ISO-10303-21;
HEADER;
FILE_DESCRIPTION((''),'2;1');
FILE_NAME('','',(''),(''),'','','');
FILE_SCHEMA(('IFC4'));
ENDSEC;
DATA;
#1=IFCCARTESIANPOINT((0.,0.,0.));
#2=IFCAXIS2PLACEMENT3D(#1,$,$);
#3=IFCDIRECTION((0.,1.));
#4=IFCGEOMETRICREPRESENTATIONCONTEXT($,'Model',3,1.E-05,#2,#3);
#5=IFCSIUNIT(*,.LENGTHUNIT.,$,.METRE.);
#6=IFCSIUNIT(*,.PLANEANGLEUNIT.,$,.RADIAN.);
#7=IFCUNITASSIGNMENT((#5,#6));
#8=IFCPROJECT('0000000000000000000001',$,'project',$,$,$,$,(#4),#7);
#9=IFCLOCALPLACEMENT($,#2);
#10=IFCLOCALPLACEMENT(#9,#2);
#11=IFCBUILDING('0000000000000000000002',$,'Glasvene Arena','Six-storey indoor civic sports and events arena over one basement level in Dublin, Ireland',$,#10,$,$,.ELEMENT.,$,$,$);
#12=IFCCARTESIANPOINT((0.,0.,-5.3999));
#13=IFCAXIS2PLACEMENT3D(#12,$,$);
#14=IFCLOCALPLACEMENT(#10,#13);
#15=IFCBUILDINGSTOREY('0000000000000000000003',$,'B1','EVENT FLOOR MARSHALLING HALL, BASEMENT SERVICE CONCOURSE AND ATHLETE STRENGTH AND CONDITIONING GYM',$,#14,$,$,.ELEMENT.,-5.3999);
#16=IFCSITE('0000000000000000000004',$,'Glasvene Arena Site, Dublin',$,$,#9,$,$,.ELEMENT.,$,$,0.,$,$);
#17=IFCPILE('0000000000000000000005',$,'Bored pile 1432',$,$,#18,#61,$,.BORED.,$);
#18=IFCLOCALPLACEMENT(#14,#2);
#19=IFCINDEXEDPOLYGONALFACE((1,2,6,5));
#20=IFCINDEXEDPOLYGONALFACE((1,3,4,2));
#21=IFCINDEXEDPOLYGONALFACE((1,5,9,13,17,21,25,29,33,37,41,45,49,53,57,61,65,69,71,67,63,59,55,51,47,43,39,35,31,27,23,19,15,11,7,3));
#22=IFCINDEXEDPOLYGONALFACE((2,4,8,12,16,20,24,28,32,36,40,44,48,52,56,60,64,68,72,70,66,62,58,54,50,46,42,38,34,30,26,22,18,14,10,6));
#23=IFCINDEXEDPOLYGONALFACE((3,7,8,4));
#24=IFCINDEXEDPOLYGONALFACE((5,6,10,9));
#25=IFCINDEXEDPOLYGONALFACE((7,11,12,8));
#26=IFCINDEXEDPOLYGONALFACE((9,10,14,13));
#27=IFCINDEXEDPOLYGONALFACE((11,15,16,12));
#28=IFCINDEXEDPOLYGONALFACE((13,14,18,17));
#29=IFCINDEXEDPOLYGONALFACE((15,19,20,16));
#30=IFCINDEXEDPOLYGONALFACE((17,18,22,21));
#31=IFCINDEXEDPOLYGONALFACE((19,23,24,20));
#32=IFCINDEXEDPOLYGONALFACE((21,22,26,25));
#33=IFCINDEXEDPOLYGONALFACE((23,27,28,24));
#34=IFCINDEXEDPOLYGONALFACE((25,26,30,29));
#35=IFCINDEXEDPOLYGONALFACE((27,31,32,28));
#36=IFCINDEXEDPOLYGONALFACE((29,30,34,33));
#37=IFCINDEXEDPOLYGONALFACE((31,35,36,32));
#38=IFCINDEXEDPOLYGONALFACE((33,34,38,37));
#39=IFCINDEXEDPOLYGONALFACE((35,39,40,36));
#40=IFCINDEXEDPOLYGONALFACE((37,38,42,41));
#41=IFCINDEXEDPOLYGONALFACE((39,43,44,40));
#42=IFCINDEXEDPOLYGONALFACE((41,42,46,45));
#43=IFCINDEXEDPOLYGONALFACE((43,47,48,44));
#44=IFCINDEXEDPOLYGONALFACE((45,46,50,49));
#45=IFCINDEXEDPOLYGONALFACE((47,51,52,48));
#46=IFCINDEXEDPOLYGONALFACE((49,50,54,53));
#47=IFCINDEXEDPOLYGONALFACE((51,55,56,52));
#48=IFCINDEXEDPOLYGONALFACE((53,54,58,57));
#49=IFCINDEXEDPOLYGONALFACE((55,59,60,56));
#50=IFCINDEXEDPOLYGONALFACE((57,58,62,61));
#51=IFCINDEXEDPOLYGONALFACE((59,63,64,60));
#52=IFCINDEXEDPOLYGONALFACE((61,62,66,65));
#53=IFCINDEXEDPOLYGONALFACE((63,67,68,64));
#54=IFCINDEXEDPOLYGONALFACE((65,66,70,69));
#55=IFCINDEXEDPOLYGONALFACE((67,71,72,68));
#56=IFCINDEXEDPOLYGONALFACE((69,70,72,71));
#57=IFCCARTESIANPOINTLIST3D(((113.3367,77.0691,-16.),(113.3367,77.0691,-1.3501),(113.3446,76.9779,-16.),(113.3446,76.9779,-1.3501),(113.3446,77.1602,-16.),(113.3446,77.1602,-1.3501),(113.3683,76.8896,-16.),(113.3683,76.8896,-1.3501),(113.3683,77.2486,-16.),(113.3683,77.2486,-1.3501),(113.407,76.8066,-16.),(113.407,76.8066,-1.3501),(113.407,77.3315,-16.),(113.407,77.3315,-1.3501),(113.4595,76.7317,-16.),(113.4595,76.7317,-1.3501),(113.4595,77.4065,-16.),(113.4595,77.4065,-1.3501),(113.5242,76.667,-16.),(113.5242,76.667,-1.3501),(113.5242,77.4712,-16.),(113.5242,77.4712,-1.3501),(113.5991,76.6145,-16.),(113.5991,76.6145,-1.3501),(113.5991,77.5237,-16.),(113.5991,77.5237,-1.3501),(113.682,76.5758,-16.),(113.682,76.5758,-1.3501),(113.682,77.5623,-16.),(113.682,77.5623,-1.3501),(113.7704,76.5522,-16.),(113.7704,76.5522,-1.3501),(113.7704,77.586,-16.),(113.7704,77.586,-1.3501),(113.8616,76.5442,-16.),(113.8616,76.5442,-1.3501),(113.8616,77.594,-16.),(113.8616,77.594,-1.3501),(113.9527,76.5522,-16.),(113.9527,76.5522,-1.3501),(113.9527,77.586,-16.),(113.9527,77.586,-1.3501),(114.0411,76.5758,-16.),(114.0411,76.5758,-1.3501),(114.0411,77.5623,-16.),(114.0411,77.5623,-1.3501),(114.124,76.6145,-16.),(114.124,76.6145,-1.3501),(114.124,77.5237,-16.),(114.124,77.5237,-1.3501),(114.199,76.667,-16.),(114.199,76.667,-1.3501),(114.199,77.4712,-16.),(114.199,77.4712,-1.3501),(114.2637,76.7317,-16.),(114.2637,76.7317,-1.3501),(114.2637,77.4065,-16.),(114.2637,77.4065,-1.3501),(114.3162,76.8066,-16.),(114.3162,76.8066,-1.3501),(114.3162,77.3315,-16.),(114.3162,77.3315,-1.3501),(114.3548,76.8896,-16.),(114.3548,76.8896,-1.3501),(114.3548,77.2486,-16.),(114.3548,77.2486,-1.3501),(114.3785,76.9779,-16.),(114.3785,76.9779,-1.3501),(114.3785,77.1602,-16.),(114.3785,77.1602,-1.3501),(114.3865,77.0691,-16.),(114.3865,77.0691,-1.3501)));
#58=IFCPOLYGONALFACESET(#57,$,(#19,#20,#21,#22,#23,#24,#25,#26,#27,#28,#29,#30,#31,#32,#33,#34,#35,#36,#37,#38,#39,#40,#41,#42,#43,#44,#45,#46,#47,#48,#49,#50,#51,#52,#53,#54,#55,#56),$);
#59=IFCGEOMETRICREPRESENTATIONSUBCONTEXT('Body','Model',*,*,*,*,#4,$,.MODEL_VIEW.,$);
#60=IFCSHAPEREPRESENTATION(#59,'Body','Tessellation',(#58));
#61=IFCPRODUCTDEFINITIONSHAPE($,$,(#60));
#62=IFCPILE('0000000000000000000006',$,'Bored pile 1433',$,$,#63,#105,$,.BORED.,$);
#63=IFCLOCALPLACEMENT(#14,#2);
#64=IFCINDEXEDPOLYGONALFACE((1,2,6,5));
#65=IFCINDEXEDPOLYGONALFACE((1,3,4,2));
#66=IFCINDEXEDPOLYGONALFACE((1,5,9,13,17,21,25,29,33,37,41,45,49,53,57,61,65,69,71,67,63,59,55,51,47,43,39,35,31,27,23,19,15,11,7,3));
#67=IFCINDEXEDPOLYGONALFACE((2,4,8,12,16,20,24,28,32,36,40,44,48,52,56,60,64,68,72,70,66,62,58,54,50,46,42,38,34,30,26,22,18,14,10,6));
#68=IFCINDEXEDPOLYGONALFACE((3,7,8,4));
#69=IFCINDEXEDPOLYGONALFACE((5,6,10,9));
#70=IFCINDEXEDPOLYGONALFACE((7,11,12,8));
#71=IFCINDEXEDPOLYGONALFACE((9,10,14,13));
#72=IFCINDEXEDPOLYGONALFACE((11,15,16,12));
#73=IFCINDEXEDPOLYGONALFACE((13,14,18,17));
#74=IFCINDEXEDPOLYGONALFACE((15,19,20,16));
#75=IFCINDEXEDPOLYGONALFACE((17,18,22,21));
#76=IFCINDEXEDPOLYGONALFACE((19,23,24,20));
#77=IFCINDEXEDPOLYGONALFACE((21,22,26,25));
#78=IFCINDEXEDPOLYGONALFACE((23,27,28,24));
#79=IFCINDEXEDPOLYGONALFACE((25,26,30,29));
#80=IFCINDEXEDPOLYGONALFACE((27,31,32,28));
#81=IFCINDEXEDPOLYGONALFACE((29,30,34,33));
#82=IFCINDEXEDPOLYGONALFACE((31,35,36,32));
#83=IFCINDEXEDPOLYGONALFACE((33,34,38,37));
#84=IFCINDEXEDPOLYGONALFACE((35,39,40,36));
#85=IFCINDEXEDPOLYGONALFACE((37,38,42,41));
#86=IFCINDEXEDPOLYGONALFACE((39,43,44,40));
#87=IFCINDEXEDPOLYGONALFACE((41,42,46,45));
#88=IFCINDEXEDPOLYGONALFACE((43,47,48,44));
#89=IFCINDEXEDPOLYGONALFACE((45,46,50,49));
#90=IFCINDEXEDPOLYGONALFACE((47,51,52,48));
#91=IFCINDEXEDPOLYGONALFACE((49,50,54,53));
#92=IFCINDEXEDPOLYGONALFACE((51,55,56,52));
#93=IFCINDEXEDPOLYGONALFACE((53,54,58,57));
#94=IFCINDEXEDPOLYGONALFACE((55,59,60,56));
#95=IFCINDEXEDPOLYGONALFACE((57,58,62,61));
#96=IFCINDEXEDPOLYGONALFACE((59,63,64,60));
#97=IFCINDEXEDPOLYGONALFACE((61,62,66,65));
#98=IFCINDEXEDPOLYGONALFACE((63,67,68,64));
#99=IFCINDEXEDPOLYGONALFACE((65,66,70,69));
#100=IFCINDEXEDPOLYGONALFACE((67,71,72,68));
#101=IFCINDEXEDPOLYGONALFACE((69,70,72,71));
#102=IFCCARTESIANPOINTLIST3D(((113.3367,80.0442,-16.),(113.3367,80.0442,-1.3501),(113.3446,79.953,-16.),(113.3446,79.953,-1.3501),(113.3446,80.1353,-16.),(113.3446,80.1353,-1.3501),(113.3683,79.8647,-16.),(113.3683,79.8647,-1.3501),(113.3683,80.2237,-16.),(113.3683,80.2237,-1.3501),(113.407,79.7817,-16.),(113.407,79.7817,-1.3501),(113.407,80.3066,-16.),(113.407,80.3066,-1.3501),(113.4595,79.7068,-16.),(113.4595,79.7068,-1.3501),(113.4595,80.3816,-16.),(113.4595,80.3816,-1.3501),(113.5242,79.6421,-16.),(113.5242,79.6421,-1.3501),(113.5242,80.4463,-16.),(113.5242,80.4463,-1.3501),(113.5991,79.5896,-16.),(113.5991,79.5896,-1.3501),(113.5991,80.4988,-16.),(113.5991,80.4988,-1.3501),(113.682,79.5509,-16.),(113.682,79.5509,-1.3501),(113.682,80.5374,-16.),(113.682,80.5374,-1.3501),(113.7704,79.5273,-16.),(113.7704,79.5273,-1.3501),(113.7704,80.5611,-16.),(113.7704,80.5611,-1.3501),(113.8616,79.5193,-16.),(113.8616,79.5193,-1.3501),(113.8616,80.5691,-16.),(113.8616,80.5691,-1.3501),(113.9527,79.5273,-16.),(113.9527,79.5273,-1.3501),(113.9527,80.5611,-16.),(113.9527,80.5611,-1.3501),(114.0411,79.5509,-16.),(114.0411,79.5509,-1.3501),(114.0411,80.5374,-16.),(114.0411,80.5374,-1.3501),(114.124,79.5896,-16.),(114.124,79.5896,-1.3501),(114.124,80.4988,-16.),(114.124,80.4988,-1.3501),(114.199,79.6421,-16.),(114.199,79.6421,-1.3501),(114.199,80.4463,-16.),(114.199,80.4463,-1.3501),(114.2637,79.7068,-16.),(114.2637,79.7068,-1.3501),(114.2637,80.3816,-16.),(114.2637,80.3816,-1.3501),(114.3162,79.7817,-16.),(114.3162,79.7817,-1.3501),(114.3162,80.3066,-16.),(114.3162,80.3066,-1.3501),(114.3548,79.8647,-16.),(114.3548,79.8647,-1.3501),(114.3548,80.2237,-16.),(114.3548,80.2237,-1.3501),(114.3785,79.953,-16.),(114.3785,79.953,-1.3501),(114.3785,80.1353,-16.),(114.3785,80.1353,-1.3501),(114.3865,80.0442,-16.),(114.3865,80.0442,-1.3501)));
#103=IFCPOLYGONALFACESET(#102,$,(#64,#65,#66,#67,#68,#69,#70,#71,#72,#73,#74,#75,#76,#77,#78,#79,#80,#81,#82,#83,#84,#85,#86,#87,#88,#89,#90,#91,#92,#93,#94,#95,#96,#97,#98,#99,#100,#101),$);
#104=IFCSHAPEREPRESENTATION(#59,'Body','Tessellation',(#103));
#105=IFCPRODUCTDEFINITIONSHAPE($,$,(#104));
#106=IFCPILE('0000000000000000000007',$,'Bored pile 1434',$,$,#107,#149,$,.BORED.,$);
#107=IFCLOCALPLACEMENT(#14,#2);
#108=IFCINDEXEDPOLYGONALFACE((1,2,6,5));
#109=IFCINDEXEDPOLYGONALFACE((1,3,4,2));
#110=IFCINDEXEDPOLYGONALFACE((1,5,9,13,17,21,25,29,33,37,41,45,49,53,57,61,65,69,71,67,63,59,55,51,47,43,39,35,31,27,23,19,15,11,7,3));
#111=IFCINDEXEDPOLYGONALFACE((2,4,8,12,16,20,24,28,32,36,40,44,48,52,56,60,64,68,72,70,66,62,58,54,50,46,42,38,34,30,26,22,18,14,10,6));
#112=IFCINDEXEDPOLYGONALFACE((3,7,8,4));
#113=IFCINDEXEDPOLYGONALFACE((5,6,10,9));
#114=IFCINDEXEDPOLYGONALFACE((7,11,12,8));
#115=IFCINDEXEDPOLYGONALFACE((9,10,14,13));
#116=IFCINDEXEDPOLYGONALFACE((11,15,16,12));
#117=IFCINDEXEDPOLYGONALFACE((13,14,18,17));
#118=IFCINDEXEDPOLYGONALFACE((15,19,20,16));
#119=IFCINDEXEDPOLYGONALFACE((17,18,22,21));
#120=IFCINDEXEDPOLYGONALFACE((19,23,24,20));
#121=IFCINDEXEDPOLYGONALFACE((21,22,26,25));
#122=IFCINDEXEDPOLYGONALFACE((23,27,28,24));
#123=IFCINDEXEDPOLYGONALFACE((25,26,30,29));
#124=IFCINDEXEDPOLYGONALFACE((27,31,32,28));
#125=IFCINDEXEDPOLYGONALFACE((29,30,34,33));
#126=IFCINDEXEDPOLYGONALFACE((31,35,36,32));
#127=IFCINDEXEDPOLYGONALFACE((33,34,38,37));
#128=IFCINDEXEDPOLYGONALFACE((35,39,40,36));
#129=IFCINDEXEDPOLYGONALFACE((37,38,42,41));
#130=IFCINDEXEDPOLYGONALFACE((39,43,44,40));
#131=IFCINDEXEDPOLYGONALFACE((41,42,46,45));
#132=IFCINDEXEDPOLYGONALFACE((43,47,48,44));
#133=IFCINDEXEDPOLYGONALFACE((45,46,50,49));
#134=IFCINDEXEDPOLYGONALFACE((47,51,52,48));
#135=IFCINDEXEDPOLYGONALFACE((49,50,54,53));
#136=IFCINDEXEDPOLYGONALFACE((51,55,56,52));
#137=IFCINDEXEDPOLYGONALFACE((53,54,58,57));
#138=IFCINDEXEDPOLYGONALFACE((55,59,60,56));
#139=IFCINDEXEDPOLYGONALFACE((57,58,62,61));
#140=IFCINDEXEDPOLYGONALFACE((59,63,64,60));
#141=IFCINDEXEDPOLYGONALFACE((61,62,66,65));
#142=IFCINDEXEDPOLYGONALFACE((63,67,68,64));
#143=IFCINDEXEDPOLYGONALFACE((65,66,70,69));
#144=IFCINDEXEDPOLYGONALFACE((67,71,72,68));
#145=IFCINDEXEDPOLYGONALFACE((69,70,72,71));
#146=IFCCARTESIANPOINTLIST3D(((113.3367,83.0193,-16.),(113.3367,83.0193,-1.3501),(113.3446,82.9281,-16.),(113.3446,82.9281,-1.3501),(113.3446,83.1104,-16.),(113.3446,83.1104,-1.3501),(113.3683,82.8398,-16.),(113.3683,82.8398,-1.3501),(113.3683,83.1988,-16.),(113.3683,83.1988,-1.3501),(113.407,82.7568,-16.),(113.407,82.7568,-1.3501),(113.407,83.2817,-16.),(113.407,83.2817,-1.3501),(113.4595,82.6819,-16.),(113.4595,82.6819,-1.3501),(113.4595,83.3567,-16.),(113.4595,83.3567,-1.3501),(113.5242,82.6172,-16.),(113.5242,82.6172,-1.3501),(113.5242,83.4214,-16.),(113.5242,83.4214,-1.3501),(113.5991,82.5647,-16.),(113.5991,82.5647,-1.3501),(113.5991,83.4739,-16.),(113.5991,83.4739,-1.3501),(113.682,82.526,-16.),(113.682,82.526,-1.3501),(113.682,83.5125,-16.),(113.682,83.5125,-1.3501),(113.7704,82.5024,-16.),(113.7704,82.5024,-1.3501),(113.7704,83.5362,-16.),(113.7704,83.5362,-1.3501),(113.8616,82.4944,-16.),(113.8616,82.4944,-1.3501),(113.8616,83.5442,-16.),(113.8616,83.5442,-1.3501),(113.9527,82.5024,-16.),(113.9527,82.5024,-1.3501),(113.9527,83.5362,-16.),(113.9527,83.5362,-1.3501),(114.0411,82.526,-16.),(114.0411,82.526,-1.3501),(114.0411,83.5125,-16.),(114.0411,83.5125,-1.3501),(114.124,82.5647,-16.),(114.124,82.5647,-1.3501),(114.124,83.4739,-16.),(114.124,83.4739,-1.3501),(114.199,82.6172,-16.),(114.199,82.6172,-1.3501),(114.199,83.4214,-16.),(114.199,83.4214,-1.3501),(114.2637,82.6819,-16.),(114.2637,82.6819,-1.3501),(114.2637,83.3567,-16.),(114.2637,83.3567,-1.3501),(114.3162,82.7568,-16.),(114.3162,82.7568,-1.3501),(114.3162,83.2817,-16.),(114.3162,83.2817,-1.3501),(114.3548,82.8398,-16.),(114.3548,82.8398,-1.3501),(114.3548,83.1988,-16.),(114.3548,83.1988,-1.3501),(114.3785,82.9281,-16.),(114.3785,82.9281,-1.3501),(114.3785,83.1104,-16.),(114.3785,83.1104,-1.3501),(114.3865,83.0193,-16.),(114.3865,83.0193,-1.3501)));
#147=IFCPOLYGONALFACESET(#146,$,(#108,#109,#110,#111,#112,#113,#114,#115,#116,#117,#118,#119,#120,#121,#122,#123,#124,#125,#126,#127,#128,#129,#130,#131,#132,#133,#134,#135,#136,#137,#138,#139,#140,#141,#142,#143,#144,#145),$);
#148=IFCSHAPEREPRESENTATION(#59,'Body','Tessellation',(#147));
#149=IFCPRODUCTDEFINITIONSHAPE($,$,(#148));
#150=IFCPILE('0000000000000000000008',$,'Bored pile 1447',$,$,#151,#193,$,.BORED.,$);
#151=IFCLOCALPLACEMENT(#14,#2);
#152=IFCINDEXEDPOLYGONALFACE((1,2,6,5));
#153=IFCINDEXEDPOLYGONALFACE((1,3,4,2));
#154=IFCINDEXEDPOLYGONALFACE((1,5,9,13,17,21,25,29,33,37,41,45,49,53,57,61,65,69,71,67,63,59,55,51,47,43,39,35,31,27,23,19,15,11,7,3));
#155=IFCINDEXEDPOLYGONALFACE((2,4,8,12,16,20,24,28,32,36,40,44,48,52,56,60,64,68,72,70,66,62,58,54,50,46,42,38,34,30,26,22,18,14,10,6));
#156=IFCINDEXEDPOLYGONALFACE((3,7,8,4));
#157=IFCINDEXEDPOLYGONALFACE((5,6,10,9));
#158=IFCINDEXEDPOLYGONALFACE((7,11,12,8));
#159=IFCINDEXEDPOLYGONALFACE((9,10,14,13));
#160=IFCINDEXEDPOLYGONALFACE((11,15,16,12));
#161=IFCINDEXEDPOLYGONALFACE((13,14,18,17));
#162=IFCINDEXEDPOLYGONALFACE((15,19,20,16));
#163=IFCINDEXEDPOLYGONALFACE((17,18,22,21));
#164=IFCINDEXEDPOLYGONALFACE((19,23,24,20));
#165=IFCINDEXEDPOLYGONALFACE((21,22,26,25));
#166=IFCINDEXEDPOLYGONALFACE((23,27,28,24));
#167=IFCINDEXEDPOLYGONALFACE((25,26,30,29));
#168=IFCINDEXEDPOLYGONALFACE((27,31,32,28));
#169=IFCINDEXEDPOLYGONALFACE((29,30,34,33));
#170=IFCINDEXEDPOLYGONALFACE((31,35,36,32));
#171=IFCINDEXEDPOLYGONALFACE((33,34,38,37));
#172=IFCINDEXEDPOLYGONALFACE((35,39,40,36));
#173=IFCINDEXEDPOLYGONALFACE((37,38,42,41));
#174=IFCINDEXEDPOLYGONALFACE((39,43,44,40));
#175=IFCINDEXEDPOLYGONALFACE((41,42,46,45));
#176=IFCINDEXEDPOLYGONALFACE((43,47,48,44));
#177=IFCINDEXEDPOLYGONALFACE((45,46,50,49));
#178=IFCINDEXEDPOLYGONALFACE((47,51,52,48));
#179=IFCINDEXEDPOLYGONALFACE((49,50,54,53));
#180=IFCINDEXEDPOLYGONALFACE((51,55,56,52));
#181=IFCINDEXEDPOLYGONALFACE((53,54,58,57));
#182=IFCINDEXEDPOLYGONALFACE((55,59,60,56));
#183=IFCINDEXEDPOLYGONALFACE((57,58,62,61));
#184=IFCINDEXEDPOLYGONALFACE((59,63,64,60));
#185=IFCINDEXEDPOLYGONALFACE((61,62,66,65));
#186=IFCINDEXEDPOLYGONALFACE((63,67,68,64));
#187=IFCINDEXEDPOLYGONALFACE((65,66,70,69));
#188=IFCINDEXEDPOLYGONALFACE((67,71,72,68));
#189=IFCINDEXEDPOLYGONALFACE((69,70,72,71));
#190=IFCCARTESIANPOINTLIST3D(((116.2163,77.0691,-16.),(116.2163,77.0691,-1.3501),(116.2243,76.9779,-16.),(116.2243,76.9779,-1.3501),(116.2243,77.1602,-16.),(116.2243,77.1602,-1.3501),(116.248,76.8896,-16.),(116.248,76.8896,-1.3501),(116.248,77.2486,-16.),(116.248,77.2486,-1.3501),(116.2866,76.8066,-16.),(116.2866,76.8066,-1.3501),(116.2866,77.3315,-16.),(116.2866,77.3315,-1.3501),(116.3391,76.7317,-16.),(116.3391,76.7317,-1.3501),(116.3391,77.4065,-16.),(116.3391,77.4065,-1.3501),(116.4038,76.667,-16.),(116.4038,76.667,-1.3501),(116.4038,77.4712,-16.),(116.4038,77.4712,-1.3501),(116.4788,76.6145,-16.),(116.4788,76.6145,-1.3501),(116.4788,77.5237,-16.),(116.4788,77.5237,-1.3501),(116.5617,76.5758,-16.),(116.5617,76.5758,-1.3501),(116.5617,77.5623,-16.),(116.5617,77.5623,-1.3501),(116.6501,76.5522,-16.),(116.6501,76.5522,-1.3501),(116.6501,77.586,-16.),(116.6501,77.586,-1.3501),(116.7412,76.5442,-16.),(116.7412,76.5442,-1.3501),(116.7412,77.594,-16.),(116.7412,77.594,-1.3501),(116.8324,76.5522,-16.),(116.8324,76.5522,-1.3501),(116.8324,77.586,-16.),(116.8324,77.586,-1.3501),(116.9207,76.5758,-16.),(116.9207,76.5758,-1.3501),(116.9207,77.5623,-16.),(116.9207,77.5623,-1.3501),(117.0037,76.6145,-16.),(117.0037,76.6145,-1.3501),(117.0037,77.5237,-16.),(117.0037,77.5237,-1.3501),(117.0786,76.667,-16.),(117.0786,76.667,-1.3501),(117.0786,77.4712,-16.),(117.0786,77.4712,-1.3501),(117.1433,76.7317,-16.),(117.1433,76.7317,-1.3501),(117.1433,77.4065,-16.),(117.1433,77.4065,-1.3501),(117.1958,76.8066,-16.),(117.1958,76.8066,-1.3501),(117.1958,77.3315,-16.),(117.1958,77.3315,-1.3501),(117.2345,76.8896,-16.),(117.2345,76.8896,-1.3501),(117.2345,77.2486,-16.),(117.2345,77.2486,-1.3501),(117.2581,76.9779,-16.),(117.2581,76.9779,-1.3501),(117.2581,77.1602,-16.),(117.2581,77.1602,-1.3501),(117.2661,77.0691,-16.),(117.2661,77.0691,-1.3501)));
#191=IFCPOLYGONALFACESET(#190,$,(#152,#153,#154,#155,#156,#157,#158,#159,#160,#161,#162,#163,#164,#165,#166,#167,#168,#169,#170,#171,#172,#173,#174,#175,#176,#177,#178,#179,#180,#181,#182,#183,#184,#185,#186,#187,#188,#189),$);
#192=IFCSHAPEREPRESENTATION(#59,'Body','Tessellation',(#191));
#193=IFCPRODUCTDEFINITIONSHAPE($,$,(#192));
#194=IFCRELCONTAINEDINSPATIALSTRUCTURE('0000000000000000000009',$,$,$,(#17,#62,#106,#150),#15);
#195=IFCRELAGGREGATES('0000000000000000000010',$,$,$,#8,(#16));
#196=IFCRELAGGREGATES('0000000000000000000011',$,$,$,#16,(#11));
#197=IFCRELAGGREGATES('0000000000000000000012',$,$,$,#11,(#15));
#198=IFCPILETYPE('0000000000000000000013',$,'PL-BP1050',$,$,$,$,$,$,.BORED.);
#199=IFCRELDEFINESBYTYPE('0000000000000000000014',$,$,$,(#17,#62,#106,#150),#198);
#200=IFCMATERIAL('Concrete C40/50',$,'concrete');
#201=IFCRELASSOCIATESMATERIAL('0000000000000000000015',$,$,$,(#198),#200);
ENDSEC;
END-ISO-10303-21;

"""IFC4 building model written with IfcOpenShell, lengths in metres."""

from ifc_helpers import new_model, si_unit, direction, frame, origin, origin_2d, place, context, subcontext, project, spatial, circle, extrude, material, material_profile, profile_set, type_object, element, save


model = new_model("IFC4")

# Units and contexts
model_context = context("Model", 3, precision=1e-05, world=origin(), true_north=direction((0.0, 1.0)))
body_context = subcontext(model_context, "Body", "Model", "MODEL_VIEW")
ifc_project = project(units=[si_unit("LENGTHUNIT", "METRE"), si_unit("PLANEANGLEUNIT", "RADIAN")], contexts=[model_context])

# Site, building, storey
site_placement = place(None, origin())
site = spatial("IfcSite", under=ifc_project, at=site_placement, Name="Glasvene Arena Site, Dublin", CompositionType="ELEMENT", RefElevation=0.0)
building_placement = place(site_placement, origin())
building = spatial("IfcBuilding", under=site, at=building_placement, Name="Glasvene Arena", Description="Six-storey indoor civic sports and events arena over one basement level in Dublin, Ireland", CompositionType="ELEMENT")
storey_placement = place(building_placement, frame((0.0, 0.0, -5.3999)))
storey = spatial("IfcBuildingStorey", under=building, at=storey_placement, Name="B1", Description="EVENT FLOOR MARSHALLING HALL, BASEMENT SERVICE CONCOURSE AND ATHLETE STRENGTH AND CONDITIONING GYM", CompositionType="ELEMENT", Elevation=-5.3999)

# Piles
ifc_material_1 = material(Name="Concrete C40/50", Category="concrete")
ifc_material_profile_1 = material_profile(ifc_material_1, circle(Radius=0.5249, at=origin_2d()), Name="BORED PILE 1050")
ifc_profile_set_1 = profile_set([ifc_material_profile_1], Name="Concrete C40/50")
pile_type = type_object("IfcPileType", Name="PL-BP1050", PredefinedType="BORED", material=ifc_profile_set_1)
for number, where, z_axis, x_axis, name in (
    (1, (113.8616, 77.0691, -1.3501), (0.0, 0.0, -1.0), (1.0, 0.0, 0.0), "Bored pile 1432"),
    (2, (113.8616, 80.0442, -1.3501), (0.0, 0.0, -1.0), (1.0, 0.0, 0.0), "Bored pile 1433"),
    (3, (113.8616, 83.0193, -1.3501), (0.0, 0.0, -1.0), (1.0, 0.0, 0.0), "Bored pile 1434"),
    (4, (116.7412, 77.0691, -1.3501), (0.0, 0.0, -1.0), (1.0, 0.0, 0.0), "Bored pile 1447"),
):
    element("IfcPile", number, at=place(storey_placement, frame(where, z_axis=z_axis, x_axis=x_axis)), inside=storey, type_object=pile_type, Name=name, PredefinedType="BORED", context=body_context, shape_type="SweptSolid", body=[
        extrude(circle(Radius=0.5249, at=origin_2d()), origin(), (0.0, 0.0, 1.0), 14.6499),
    ])

save(model, "model.ifc")
